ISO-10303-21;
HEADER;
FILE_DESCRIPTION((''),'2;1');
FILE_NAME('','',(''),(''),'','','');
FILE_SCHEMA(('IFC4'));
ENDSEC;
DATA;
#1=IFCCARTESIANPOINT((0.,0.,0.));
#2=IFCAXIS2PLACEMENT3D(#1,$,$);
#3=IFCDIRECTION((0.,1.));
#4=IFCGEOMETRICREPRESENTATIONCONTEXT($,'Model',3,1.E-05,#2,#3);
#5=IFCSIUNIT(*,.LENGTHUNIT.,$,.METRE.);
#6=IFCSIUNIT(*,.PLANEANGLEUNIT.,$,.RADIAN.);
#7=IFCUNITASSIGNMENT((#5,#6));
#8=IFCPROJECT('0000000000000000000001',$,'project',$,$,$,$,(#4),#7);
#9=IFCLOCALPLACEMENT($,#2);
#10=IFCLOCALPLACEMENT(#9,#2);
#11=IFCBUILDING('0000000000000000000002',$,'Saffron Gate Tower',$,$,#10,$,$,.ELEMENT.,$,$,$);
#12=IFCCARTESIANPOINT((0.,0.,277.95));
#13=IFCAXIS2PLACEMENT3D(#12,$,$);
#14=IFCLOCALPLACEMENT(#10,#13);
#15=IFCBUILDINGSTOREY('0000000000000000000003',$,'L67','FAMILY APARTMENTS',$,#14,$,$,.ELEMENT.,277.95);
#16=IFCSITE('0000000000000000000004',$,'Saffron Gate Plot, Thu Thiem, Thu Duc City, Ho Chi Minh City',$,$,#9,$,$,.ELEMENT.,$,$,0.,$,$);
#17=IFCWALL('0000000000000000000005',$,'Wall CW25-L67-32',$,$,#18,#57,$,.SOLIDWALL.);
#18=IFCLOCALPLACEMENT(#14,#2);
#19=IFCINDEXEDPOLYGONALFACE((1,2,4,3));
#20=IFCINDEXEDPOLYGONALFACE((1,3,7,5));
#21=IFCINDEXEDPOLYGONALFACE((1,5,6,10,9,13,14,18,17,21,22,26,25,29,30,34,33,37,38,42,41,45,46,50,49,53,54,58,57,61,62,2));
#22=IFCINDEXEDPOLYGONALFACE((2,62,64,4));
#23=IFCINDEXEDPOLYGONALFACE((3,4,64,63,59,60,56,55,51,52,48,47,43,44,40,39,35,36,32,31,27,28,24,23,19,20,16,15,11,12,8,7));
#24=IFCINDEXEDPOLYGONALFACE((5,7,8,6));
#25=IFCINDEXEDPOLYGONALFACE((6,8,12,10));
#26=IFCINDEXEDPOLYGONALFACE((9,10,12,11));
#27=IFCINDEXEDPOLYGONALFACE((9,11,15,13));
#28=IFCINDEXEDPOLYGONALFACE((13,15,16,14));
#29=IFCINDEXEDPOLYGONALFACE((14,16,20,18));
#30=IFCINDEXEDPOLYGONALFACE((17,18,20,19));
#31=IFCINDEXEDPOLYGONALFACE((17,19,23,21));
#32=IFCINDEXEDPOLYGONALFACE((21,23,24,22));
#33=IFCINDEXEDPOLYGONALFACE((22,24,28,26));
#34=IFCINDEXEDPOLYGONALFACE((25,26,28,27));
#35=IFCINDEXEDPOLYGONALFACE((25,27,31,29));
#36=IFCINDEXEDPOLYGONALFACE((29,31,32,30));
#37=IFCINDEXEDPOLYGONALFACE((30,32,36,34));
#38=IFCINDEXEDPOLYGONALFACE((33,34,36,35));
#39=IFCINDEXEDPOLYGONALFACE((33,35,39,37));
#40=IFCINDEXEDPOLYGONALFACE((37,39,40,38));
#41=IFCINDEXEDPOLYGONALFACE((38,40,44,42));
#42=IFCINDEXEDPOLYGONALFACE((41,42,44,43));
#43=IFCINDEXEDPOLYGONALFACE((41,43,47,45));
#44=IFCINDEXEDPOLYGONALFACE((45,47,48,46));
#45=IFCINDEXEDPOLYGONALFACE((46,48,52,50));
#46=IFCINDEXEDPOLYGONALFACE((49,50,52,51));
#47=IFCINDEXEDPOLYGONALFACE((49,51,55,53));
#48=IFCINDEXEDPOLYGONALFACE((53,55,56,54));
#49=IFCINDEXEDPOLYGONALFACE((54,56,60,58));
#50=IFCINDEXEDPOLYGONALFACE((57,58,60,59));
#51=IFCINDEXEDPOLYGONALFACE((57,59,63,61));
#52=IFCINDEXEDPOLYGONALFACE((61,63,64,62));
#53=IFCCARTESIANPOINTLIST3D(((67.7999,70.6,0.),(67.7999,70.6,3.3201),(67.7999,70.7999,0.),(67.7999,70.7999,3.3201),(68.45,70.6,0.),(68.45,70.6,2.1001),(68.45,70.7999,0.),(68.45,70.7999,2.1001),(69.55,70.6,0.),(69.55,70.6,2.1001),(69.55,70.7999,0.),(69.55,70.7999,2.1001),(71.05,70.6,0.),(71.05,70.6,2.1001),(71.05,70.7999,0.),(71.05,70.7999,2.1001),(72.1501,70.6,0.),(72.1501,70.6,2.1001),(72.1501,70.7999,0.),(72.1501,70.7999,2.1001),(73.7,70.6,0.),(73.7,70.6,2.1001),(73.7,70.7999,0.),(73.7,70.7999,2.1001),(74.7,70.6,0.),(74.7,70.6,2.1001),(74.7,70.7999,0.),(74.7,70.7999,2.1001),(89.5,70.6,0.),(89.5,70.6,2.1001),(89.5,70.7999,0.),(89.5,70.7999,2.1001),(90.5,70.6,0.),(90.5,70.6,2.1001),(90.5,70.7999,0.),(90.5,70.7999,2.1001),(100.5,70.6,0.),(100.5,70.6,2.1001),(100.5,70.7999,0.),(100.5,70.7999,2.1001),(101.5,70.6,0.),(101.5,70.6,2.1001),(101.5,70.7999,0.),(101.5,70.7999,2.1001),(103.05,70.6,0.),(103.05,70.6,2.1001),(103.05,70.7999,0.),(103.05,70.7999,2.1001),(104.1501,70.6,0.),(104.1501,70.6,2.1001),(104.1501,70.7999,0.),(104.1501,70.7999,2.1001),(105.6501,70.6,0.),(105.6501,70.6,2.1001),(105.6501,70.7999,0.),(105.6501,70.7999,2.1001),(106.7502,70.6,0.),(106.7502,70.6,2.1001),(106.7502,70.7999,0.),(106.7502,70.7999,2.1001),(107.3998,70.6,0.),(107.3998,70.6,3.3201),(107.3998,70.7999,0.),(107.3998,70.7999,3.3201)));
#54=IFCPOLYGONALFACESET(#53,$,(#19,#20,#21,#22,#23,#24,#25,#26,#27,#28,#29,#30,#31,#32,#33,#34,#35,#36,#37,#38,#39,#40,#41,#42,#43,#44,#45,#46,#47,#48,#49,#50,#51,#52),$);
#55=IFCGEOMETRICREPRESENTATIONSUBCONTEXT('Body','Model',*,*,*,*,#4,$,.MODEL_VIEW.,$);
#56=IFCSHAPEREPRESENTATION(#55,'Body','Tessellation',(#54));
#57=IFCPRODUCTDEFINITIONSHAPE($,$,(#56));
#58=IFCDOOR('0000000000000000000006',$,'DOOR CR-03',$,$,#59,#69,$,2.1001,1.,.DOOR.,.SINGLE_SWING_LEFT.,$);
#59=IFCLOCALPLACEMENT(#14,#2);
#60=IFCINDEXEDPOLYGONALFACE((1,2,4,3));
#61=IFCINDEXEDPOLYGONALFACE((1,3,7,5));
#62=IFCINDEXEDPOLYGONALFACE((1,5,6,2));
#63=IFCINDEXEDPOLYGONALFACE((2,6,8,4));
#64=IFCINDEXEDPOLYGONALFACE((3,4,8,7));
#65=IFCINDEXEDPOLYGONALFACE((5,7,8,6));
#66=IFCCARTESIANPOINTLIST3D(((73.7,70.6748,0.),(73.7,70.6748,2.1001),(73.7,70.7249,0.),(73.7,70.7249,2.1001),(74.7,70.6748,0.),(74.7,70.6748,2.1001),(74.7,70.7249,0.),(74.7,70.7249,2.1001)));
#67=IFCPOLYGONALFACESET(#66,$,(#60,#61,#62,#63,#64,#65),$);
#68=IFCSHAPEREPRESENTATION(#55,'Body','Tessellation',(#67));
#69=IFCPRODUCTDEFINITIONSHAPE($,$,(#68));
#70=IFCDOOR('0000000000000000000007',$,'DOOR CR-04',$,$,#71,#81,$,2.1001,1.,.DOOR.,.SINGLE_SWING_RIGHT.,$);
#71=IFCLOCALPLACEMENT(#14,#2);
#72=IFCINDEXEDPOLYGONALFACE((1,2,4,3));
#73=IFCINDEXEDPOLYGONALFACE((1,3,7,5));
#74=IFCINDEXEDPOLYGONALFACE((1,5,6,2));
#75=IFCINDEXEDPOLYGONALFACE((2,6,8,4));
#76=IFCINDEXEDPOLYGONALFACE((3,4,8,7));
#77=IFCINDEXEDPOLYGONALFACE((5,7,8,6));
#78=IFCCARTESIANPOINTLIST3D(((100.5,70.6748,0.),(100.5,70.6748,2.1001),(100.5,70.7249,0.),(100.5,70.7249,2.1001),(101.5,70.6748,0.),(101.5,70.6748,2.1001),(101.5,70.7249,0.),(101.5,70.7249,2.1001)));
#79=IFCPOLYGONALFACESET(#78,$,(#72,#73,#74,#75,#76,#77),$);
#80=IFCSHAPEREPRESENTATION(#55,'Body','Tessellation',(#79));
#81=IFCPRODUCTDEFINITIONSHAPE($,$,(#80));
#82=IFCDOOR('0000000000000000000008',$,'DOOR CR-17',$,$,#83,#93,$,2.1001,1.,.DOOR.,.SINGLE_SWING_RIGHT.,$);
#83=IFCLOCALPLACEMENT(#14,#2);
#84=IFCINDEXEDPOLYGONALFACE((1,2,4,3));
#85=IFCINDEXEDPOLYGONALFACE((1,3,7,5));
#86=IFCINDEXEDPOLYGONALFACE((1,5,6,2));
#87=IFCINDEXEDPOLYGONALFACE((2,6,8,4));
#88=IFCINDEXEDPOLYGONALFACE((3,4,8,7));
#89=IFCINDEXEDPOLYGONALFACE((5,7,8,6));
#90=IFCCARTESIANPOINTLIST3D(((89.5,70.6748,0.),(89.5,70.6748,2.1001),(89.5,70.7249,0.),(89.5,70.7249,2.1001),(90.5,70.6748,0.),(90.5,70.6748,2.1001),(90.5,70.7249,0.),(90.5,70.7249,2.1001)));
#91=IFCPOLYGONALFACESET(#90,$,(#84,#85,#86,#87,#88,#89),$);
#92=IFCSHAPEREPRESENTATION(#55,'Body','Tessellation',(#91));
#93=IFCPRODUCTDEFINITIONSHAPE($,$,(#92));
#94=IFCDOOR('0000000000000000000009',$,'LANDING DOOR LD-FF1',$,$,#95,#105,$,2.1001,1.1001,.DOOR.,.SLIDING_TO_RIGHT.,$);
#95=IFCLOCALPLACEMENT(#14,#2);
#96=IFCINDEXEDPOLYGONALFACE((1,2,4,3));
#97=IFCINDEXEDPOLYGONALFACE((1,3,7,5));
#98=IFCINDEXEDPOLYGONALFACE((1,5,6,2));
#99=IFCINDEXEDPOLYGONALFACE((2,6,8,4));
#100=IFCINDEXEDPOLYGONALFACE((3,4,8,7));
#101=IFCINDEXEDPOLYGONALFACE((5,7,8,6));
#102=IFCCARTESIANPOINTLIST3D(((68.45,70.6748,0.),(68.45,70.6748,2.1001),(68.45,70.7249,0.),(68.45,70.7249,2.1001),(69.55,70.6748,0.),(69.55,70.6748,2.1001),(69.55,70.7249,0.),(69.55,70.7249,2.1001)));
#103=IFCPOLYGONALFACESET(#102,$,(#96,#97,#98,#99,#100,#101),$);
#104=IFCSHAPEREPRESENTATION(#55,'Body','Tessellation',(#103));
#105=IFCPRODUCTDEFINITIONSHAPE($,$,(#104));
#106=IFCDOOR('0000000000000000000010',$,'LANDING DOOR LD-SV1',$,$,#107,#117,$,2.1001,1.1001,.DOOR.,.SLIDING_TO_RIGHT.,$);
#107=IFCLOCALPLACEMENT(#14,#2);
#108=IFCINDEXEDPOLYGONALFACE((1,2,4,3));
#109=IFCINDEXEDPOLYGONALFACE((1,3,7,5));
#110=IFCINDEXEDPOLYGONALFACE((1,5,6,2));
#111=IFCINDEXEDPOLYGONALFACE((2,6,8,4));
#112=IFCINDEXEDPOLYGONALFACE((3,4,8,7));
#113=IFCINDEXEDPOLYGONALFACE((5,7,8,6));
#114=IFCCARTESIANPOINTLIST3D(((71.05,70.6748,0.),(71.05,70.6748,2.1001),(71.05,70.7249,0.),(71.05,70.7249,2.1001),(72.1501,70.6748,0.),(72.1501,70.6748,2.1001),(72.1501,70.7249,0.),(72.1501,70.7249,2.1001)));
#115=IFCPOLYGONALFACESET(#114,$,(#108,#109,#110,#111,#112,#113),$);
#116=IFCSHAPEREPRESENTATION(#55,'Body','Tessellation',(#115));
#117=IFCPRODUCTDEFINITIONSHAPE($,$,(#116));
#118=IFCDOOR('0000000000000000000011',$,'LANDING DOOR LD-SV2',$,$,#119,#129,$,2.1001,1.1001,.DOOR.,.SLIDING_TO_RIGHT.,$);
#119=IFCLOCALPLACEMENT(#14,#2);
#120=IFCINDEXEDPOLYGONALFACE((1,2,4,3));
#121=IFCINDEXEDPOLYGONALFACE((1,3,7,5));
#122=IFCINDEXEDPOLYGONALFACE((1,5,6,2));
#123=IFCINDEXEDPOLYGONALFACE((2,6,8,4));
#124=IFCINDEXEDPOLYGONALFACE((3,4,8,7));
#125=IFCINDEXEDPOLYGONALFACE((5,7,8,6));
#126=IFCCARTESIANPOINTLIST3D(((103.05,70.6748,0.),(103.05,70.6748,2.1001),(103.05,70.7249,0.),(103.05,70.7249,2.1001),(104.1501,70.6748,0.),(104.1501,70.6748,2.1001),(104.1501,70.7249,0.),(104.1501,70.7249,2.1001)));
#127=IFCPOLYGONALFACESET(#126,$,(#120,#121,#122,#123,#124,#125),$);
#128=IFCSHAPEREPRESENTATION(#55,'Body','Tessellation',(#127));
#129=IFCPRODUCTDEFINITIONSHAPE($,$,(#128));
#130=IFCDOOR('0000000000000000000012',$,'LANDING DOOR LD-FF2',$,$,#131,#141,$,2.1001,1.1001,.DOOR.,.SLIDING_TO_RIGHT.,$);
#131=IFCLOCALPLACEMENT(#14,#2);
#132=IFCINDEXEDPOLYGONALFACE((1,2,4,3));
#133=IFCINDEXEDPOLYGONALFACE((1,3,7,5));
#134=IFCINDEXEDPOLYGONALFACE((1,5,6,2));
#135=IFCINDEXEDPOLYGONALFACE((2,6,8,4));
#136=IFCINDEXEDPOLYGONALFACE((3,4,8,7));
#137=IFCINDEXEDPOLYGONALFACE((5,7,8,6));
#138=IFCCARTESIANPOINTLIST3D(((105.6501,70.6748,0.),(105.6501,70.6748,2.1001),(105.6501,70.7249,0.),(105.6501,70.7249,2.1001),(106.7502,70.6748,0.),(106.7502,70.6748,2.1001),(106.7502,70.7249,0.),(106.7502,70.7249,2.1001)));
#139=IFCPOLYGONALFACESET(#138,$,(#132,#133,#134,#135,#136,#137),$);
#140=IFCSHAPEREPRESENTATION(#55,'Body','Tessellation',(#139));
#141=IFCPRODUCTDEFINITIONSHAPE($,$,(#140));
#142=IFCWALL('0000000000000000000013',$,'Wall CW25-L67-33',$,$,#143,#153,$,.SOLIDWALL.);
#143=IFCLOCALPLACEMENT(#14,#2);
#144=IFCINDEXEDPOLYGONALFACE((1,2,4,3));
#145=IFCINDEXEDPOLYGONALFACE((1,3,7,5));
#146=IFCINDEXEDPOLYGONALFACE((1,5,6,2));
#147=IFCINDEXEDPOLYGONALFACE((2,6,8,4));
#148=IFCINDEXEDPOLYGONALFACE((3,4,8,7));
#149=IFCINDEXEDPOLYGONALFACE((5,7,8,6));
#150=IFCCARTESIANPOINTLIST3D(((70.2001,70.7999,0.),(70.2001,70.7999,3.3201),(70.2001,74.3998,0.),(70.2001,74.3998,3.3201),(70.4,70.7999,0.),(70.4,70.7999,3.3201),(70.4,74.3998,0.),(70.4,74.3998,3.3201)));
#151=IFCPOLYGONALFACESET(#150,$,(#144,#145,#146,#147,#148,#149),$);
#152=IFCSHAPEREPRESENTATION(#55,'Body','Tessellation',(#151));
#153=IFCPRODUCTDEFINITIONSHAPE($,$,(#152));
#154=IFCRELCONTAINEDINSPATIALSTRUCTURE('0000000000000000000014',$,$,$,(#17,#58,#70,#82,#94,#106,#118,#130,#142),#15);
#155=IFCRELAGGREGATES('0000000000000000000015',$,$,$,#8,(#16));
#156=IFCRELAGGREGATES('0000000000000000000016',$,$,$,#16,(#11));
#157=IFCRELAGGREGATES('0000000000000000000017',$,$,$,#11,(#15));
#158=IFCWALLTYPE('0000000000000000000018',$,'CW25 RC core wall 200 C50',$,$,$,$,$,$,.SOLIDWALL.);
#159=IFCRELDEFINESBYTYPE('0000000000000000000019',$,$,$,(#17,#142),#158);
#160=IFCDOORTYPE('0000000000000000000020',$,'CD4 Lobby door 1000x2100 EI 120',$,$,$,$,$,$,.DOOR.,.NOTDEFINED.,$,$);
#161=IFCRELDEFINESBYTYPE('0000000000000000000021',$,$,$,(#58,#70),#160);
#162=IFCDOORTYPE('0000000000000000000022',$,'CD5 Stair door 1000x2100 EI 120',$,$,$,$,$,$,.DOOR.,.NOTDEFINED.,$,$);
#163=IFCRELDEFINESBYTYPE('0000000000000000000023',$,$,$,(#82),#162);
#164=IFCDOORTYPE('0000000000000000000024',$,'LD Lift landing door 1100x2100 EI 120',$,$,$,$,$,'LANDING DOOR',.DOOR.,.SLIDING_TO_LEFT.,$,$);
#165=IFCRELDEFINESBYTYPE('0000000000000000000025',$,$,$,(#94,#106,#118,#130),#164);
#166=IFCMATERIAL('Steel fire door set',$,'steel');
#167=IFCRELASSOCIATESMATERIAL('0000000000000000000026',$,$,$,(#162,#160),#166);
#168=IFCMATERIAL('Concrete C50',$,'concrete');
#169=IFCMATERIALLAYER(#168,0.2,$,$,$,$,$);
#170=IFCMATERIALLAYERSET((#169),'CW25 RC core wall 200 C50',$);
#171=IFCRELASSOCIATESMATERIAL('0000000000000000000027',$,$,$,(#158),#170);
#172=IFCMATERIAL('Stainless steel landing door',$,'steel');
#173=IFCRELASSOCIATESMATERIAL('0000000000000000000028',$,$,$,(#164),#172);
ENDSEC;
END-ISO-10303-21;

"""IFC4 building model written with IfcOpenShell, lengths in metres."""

from ifc_helpers import new_model, si_unit, direction, frame, frame_2d, origin, place, context, subcontext, project, spatial, rectangle, extrude, material, layer, layer_set, type_object, element, fill, save


model = new_model("IFC4")

# Units and contexts
model_context = context("Model", 3, precision=1e-05, world=origin(), true_north=direction((0.0, 1.0)))
body_context = subcontext(model_context, "Body", "Model", "MODEL_VIEW")
ifc_project = project(units=[si_unit("LENGTHUNIT", "METRE"), si_unit("PLANEANGLEUNIT", "RADIAN")], contexts=[model_context])

# Site, building, storey
site_placement = place(None, origin())
site = spatial("IfcSite", under=ifc_project, at=site_placement, Name="Saffron Gate Plot, Thu Thiem, Thu Duc City, Ho Chi Minh City", CompositionType="ELEMENT", RefElevation=0.0)
building_placement = place(site_placement, origin())
building = spatial("IfcBuilding", under=site, at=building_placement, Name="Saffron Gate Tower", CompositionType="ELEMENT")
storey_placement = place(building_placement, frame((0.0, 0.0, 277.95)))
storey = spatial("IfcBuildingStorey", under=building, at=storey_placement, Name="L67", Description="FAMILY APARTMENTS", CompositionType="ELEMENT", Elevation=277.95)

# Shared definitions
ifc_material_1 = material(Name="Concrete C50", Category="concrete")
ifc_material_2 = material(Name="Steel fire door set", Category="steel")

# Wall, openings, doors
door_type_1 = type_object("IfcDoorType", Name="CD5 Stair door 1000x2100 EI 120", OperationType="NOTDEFINED", PredefinedType="DOOR", material=ifc_material_2)
ifc_layer_1 = layer(ifc_material_1, 0.2)
ifc_layer_set_1 = layer_set([ifc_layer_1], Name="CW25 RC core wall 200 C50")
wall_type_1 = type_object("IfcWallType", Name="CW25 RC core wall 200 C50", PredefinedType="SOLIDWALL", material=ifc_layer_set_1)
wall_1_placement = place(storey_placement, frame((67.8, 70.7, 0.0), z_axis=(0.0, 0.0, 1.0), x_axis=(1.0, 0.0, 0.0)))
wall_1 = element("IfcWall", 1, at=wall_1_placement, inside=storey, type_object=wall_type_1, Name="Wall CW25-L67-32", PredefinedType="SOLIDWALL", context=body_context, shape_type="SweptSolid", body=[
    extrude(rectangle(XDim=39.5999, YDim=0.2, at=frame_2d((19.7998, 0.0))), origin(), (0.0, 0.0, 1.0), 3.3201),
])
opening_1_placement = place(wall_1_placement, frame((0.6499, 0.0, 0.0)))
opening_1 = element("IfcOpeningElement", 2, at=opening_1_placement, cuts=wall_1, PredefinedType="OPENING", context=body_context, shape_type="SweptSolid", body=[
    extrude(rectangle(XDim=1.1001, YDim=2.1001, at=frame_2d((0.55, 1.05))), frame((0.0, 0.1099, 0.0), z_axis=(0.0, -1.0, 0.0), x_axis=(1.0, 0.0, 0.0)), (0.0, 0.0, 1.0), 0.22),
])
opening_2_placement = place(wall_1_placement, frame((3.25, 0.0, 0.0)))
opening_2 = element("IfcOpeningElement", 3, at=opening_2_placement, cuts=wall_1, PredefinedType="OPENING", context=body_context, shape_type="SweptSolid", body=[
    extrude(rectangle(XDim=1.1001, YDim=2.1001, at=frame_2d((0.55, 1.05))), frame((0.0, 0.1099, 0.0), z_axis=(0.0, -1.0, 0.0), x_axis=(1.0, 0.0, 0.0)), (0.0, 0.0, 1.0), 0.22),
])
opening_3_placement = place(wall_1_placement, frame((5.8999, 0.0, 0.0)))
opening_3 = element("IfcOpeningElement", 4, at=opening_3_placement, cuts=wall_1, PredefinedType="OPENING", context=body_context, shape_type="SweptSolid", body=[
    extrude(rectangle(XDim=1.0, YDim=2.1001, at=frame_2d((0.5, 1.05))), frame((0.0, 0.1099, 0.0), z_axis=(0.0, -1.0, 0.0), x_axis=(1.0, 0.0, 0.0)), (0.0, 0.0, 1.0), 0.22),
])
opening_4_placement = place(wall_1_placement, frame((21.7, 0.0, 0.0)))
opening_4 = element("IfcOpeningElement", 5, at=opening_4_placement, cuts=wall_1, PredefinedType="OPENING", context=body_context, shape_type="SweptSolid", body=[
    extrude(rectangle(XDim=1.0, YDim=2.1001, at=frame_2d((0.5, 1.05))), frame((0.0, 0.1099, 0.0), z_axis=(0.0, -1.0, 0.0), x_axis=(1.0, 0.0, 0.0)), (0.0, 0.0, 1.0), 0.22),
])
opening_5_placement = place(wall_1_placement, frame((32.7, 0.0, 0.0)))
opening_5 = element("IfcOpeningElement", 6, at=opening_5_placement, cuts=wall_1, PredefinedType="OPENING", context=body_context, shape_type="SweptSolid", body=[
    extrude(rectangle(XDim=1.0, YDim=2.1001, at=frame_2d((0.5, 1.05))), frame((0.0, 0.1099, 0.0), z_axis=(0.0, -1.0, 0.0), x_axis=(1.0, 0.0, 0.0)), (0.0, 0.0, 1.0), 0.22),
])
opening_6_placement = place(wall_1_placement, frame((35.25, 0.0, 0.0)))
opening_6 = element("IfcOpeningElement", 7, at=opening_6_placement, cuts=wall_1, PredefinedType="OPENING", context=body_context, shape_type="SweptSolid", body=[
    extrude(rectangle(XDim=1.1001, YDim=2.1001, at=frame_2d((0.55, 1.05))), frame((0.0, 0.1099, 0.0), z_axis=(0.0, -1.0, 0.0), x_axis=(1.0, 0.0, 0.0)), (0.0, 0.0, 1.0), 0.22),
])
opening_7_placement = place(wall_1_placement, frame((37.8501, 0.0, 0.0)))
opening_7 = element("IfcOpeningElement", 8, at=opening_7_placement, cuts=wall_1, PredefinedType="OPENING", context=body_context, shape_type="SweptSolid", body=[
    extrude(rectangle(XDim=1.1001, YDim=2.1001, at=frame_2d((0.55, 1.05))), frame((0.0, 0.1099, 0.0), z_axis=(0.0, -1.0, 0.0), x_axis=(1.0, 0.0, 0.0)), (0.0, 0.0, 1.0), 0.22),
])
door_type_2 = type_object("IfcDoorType", Name="CD4 Lobby door 1000x2100 EI 120", OperationType="NOTDEFINED", PredefinedType="DOOR", material=ifc_material_2)
door_1_placement = place(opening_3_placement, origin())
door_1 = element("IfcDoor", 9, at=door_1_placement, inside=storey, type_object=door_type_2, Name="DOOR CR-03", OperationType="SINGLE_SWING_LEFT", OverallHeight=2.1001, OverallWidth=1.0, PredefinedType="DOOR", context=body_context, shape_type="SweptSolid", body=[
    extrude(rectangle(XDim=1.0, YDim=2.1001, at=frame_2d((0.5, 1.05))), frame((0.0, 0.0249, 0.0), z_axis=(0.0, -1.0, 0.0), x_axis=(1.0, 0.0, 0.0)), (0.0, 0.0, 1.0), 0.05),
])
fill(opening_3, door_1)
door_2_placement = place(opening_5_placement, origin())
door_2 = element("IfcDoor", 10, at=door_2_placement, inside=storey, type_object=door_type_2, Name="DOOR CR-04", OperationType="SINGLE_SWING_RIGHT", OverallHeight=2.1001, OverallWidth=1.0, PredefinedType="DOOR", context=body_context, shape_type="SweptSolid", body=[
    extrude(rectangle(XDim=1.0, YDim=2.1001, at=frame_2d((0.5, 1.05))), frame((0.0, 0.0249, 0.0), z_axis=(0.0, -1.0, 0.0), x_axis=(1.0, 0.0, 0.0)), (0.0, 0.0, 1.0), 0.05),
])
fill(opening_5, door_2)
door_3_placement = place(opening_4_placement, origin())
door_3 = element("IfcDoor", 11, at=door_3_placement, inside=storey, type_object=door_type_1, Name="DOOR CR-17", OperationType="SINGLE_SWING_RIGHT", OverallHeight=2.1001, OverallWidth=1.0, PredefinedType="DOOR", context=body_context, shape_type="SweptSolid", body=[
    extrude(rectangle(XDim=1.0, YDim=2.1001, at=frame_2d((0.5, 1.05))), frame((0.0, 0.0249, 0.0), z_axis=(0.0, -1.0, 0.0), x_axis=(1.0, 0.0, 0.0)), (0.0, 0.0, 1.0), 0.05),
])
fill(opening_4, door_3)
ifc_material_3 = material(Name="Stainless steel landing door", Category="steel")
door_type_3 = type_object("IfcDoorType", Name="LD Lift landing door 1100x2100 EI 120", ElementType="LANDING DOOR", OperationType="SLIDING_TO_LEFT", PredefinedType="DOOR", material=ifc_material_3)
door_4_placement = place(opening_1_placement, origin())
door_4 = element("IfcDoor", 12, at=door_4_placement, inside=storey, type_object=door_type_3, Name="LANDING DOOR LD-FF1", OperationType="SLIDING_TO_RIGHT", OverallHeight=2.1001, OverallWidth=1.1001, PredefinedType="DOOR", context=body_context, shape_type="SweptSolid", body=[
    extrude(rectangle(XDim=1.1001, YDim=2.1001, at=frame_2d((0.55, 1.05))), frame((0.0, 0.0249, 0.0), z_axis=(0.0, -1.0, 0.0), x_axis=(1.0, 0.0, 0.0)), (0.0, 0.0, 1.0), 0.05),
])
fill(opening_1, door_4)
door_5_placement = place(opening_2_placement, origin())
door_5 = element("IfcDoor", 13, at=door_5_placement, inside=storey, type_object=door_type_3, Name="LANDING DOOR LD-SV1", OperationType="SLIDING_TO_RIGHT", OverallHeight=2.1001, OverallWidth=1.1001, PredefinedType="DOOR", context=body_context, shape_type="SweptSolid", body=[
    extrude(rectangle(XDim=1.1001, YDim=2.1001, at=frame_2d((0.55, 1.05))), frame((0.0, 0.0249, 0.0), z_axis=(0.0, -1.0, 0.0), x_axis=(1.0, 0.0, 0.0)), (0.0, 0.0, 1.0), 0.05),
])
fill(opening_2, door_5)
door_6_placement = place(opening_6_placement, origin())
door_6 = element("IfcDoor", 14, at=door_6_placement, inside=storey, type_object=door_type_3, Name="LANDING DOOR LD-SV2", OperationType="SLIDING_TO_RIGHT", OverallHeight=2.1001, OverallWidth=1.1001, PredefinedType="DOOR", context=body_context, shape_type="SweptSolid", body=[
    extrude(rectangle(XDim=1.1001, YDim=2.1001, at=frame_2d((0.55, 1.05))), frame((0.0, 0.0249, 0.0), z_axis=(0.0, -1.0, 0.0), x_axis=(1.0, 0.0, 0.0)), (0.0, 0.0, 1.0), 0.05),
])
fill(opening_6, door_6)
door_7_placement = place(opening_7_placement, origin())
door_7 = element("IfcDoor", 15, at=door_7_placement, inside=storey, type_object=door_type_3, Name="LANDING DOOR LD-FF2", OperationType="SLIDING_TO_RIGHT", OverallHeight=2.1001, OverallWidth=1.1001, PredefinedType="DOOR", context=body_context, shape_type="SweptSolid", body=[
    extrude(rectangle(XDim=1.1001, YDim=2.1001, at=frame_2d((0.55, 1.05))), frame((0.0, 0.0249, 0.0), z_axis=(0.0, -1.0, 0.0), x_axis=(1.0, 0.0, 0.0)), (0.0, 0.0, 1.0), 0.05),
])
fill(opening_7, door_7)

# Wall
wall_2_placement = place(storey_placement, frame((70.3, 70.8, 0.0), z_axis=(0.0, 0.0, 1.0), x_axis=(0.0, 1.0, 0.0)))
element("IfcWall", 16, at=wall_2_placement, inside=storey, type_object=wall_type_1, Name="Wall CW25-L67-33", PredefinedType="SOLIDWALL", context=body_context, shape_type="SweptSolid", body=[
    extrude(rectangle(XDim=3.5999, YDim=0.2, at=frame_2d((1.7998, 0.0))), origin(), (0.0, 0.0, 1.0), 3.3201),
])

save(model, "model.ifc")
